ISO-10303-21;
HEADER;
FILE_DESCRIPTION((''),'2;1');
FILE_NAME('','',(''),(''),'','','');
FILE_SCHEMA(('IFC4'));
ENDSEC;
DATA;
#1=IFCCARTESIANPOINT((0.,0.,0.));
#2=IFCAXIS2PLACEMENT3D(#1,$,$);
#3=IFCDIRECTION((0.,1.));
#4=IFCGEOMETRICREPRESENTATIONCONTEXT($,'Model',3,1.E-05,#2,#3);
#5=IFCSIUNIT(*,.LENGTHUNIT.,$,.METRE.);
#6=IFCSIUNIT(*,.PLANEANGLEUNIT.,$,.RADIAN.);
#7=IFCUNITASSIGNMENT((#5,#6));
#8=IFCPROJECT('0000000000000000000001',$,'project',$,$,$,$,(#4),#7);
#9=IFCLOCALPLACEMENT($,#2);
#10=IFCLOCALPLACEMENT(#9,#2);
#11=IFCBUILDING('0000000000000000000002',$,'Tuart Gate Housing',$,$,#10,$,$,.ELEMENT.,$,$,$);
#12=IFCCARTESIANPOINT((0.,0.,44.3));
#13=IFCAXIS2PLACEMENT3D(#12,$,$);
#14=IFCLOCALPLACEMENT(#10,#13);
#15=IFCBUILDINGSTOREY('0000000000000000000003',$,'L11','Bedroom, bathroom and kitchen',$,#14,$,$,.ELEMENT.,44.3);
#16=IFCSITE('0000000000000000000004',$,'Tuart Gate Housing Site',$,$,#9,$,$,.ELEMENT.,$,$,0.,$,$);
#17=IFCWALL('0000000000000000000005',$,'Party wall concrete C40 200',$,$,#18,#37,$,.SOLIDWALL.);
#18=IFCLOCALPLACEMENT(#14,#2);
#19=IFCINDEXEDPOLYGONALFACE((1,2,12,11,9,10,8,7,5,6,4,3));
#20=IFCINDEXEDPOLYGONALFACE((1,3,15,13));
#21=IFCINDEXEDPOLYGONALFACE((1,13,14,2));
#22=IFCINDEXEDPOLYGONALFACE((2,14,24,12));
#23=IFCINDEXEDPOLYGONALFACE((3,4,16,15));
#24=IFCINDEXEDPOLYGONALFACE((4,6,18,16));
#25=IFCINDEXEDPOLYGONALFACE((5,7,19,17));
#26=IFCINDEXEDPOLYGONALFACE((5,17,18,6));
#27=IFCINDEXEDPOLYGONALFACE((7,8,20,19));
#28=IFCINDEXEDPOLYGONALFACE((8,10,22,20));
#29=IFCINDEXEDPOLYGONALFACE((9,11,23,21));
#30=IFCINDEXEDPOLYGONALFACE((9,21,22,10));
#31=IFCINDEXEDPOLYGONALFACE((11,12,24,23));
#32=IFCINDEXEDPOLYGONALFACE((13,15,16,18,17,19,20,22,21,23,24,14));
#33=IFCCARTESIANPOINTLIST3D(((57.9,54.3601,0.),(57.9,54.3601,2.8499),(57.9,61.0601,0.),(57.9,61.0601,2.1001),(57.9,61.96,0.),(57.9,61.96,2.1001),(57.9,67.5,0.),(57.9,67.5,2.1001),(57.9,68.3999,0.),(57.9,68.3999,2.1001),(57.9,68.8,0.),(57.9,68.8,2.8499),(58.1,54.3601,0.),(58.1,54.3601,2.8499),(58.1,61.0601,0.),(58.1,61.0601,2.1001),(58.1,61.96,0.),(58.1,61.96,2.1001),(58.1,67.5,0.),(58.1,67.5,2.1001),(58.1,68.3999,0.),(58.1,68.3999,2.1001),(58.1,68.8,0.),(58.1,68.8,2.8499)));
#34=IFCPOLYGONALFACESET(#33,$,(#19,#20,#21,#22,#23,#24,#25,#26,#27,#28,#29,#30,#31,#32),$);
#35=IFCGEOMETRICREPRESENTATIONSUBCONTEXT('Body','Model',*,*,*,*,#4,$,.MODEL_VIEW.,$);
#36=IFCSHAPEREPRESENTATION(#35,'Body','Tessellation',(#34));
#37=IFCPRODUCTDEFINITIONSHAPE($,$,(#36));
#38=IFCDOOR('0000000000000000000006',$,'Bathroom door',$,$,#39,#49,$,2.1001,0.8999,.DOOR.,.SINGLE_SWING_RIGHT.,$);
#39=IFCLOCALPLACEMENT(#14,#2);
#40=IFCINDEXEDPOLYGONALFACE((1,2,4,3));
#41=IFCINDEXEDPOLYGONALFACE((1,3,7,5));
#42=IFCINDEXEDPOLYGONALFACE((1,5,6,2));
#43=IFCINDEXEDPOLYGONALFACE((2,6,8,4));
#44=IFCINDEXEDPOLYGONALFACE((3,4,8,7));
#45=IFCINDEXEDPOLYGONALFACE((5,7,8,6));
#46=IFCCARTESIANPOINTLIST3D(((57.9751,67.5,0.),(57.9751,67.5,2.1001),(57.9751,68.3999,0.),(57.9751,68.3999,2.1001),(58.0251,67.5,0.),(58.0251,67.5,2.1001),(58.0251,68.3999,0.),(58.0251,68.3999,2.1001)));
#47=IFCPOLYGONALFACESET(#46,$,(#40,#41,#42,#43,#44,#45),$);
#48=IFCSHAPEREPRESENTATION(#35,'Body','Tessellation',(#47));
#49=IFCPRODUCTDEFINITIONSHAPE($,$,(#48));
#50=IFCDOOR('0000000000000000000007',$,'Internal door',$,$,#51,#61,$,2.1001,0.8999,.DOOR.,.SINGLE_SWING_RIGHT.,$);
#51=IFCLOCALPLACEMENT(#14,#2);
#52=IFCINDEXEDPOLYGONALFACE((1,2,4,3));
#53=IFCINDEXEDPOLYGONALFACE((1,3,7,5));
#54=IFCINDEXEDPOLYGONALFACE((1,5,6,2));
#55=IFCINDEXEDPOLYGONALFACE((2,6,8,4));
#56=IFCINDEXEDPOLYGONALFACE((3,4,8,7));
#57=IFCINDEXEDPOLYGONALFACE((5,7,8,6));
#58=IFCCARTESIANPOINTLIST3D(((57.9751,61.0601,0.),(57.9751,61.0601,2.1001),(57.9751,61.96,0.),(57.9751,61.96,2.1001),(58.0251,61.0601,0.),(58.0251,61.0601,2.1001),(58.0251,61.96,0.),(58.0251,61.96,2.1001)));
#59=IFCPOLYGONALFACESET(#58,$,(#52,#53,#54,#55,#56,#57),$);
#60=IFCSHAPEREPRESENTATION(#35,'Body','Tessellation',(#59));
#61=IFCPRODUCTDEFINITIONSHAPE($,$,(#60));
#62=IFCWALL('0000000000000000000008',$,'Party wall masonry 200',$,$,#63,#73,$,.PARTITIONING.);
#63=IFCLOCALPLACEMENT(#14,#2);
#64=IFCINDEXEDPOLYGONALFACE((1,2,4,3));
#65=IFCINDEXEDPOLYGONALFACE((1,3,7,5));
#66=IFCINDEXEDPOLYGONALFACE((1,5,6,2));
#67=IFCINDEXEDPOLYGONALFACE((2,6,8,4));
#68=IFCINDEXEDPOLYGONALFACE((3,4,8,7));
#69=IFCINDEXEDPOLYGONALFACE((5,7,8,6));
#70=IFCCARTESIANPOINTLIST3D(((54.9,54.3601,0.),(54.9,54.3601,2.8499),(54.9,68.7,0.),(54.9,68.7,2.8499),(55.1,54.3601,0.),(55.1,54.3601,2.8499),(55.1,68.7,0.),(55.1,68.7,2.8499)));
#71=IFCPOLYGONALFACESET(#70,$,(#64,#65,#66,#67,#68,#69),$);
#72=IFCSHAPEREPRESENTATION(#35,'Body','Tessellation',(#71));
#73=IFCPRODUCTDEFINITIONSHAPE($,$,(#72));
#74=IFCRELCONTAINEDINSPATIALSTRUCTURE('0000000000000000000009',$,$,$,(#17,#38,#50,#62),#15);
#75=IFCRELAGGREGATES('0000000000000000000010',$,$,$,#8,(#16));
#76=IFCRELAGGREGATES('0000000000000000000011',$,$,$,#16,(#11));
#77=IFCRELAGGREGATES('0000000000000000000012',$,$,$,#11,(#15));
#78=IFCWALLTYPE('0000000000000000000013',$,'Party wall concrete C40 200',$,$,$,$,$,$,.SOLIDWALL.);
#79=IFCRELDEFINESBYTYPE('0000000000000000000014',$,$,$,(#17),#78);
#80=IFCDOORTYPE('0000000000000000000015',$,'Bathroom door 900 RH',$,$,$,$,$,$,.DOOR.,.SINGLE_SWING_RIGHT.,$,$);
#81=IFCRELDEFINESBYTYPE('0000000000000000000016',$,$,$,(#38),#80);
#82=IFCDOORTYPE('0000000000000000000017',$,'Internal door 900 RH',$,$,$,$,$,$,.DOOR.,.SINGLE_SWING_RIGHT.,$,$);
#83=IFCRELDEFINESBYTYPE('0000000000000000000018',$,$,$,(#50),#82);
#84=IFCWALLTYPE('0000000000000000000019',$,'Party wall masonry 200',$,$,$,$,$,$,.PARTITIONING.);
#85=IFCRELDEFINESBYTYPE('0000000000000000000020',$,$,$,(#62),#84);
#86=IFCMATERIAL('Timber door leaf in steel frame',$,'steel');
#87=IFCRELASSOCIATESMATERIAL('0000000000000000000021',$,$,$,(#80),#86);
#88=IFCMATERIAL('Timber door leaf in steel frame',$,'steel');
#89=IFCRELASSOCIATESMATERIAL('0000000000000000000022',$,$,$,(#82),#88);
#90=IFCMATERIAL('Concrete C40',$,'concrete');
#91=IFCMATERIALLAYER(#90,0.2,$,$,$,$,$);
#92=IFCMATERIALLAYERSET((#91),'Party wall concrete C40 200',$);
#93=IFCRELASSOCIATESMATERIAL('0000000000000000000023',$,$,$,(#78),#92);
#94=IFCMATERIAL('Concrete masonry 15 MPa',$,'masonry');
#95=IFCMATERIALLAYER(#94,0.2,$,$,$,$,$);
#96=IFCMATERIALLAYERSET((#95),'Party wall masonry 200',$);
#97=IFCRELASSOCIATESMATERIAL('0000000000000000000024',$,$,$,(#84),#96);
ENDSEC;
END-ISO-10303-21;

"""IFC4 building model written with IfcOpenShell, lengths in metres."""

from ifc_helpers import new_model, si_unit, direction, frame, frame_2d, origin, place, context, subcontext, project, spatial, rectangle, extrude, material, layer, layer_set, type_object, element, fill, save


model = new_model("IFC4")

# Units and contexts
model_context = context("Model", 3, precision=1e-05, world=origin(), true_north=direction((0.0, 1.0)))
body_context = subcontext(model_context, "Body", "Model", "MODEL_VIEW")
ifc_project = project(units=[si_unit("LENGTHUNIT", "METRE"), si_unit("PLANEANGLEUNIT", "RADIAN")], contexts=[model_context])

# Site, building, storey
site_placement = place(None, origin())
site = spatial("IfcSite", under=ifc_project, at=site_placement, Name="Tuart Gate Housing Site", CompositionType="ELEMENT", RefElevation=0.0)
building_placement = place(site_placement, origin())
building = spatial("IfcBuilding", under=site, at=building_placement, Name="Tuart Gate Housing", CompositionType="ELEMENT")
storey_placement = place(building_placement, frame((0.0, 0.0, 44.3)))
storey = spatial("IfcBuildingStorey", under=building, at=storey_placement, Name="L11", Description="Bedroom, bathroom and kitchen", CompositionType="ELEMENT", Elevation=44.3)

# Shared definitions
ifc_material_1 = material(Name="Timber door leaf in steel frame", Category="steel")
door_type_1 = type_object("IfcDoorType", Name="Bathroom door 900 RH", OperationType="SINGLE_SWING_RIGHT", PredefinedType="DOOR", material=ifc_material_1)
ifc_material_2 = material(Name="Timber door leaf in steel frame", Category="steel")
door_type_2 = type_object("IfcDoorType", Name="Internal door 900 RH", OperationType="SINGLE_SWING_RIGHT", PredefinedType="DOOR", material=ifc_material_2)

# Shared definitions
ifc_material_3 = material(Name="Concrete C40", Category="concrete")
ifc_layer_1 = layer(ifc_material_3, 0.2)
ifc_layer_set_1 = layer_set([ifc_layer_1], Name="Party wall concrete C40 200")
wall_type_1 = type_object("IfcWallType", Name="Party wall concrete C40 200", PredefinedType="SOLIDWALL", material=ifc_layer_set_1)

# Wall, openings, doors
wall_1_placement = place(storey_placement, frame((58.0, 54.3601, 0.0), z_axis=(0.0, 0.0, 1.0), x_axis=(0.0, 1.0, 0.0)))
wall_1 = element("IfcWall", 1, at=wall_1_placement, inside=storey, type_object=wall_type_1, Name="Party wall concrete C40 200", PredefinedType="SOLIDWALL", context=body_context, shape_type="SweptSolid", body=[
    extrude(rectangle(XDim=14.4399, YDim=0.2, at=frame_2d((7.22, 0.0))), origin(), (0.0, 0.0, 1.0), 2.8499),
])
opening_1_placement = place(wall_1_placement, frame((6.7, 0.0, 0.0)))
opening_1 = element("IfcOpeningElement", 2, at=opening_1_placement, cuts=wall_1, PredefinedType="OPENING", context=body_context, shape_type="SweptSolid", body=[
    extrude(rectangle(XDim=0.8999, YDim=2.1001, at=frame_2d((0.45, 1.05))), frame((0.0, 0.1099, 0.0), z_axis=(0.0, -1.0, 0.0), x_axis=(1.0, 0.0, 0.0)), (0.0, 0.0, 1.0), 0.22),
])
opening_2_placement = place(wall_1_placement, frame((13.1399, 0.0, 0.0)))
opening_2 = element("IfcOpeningElement", 3, at=opening_2_placement, cuts=wall_1, PredefinedType="OPENING", context=body_context, shape_type="SweptSolid", body=[
    extrude(rectangle(XDim=0.8999, YDim=2.1001, at=frame_2d((0.45, 1.05))), frame((0.0, 0.1099, 0.0), z_axis=(0.0, -1.0, 0.0), x_axis=(1.0, 0.0, 0.0)), (0.0, 0.0, 1.0), 0.22),
])
door_1_placement = place(opening_2_placement, origin())
door_1 = element("IfcDoor", 4, at=door_1_placement, inside=storey, type_object=door_type_1, Name="Bathroom door", OperationType="SINGLE_SWING_RIGHT", OverallHeight=2.1001, OverallWidth=0.8999, PredefinedType="DOOR", context=body_context, shape_type="SweptSolid", body=[
    extrude(rectangle(XDim=0.8999, YDim=2.1001, at=frame_2d((0.45, 1.05))), frame((0.0, 0.0249, 0.0), z_axis=(0.0, -1.0, 0.0), x_axis=(1.0, 0.0, 0.0)), (0.0, 0.0, 1.0), 0.05),
])
fill(opening_2, door_1)
door_2_placement = place(opening_1_placement, origin())
door_2 = element("IfcDoor", 5, at=door_2_placement, inside=storey, type_object=door_type_2, Name="Internal door", OperationType="SINGLE_SWING_RIGHT", OverallHeight=2.1001, OverallWidth=0.8999, PredefinedType="DOOR", context=body_context, shape_type="SweptSolid", body=[
    extrude(rectangle(XDim=0.8999, YDim=2.1001, at=frame_2d((0.45, 1.05))), frame((0.0, 0.0249, 0.0), z_axis=(0.0, -1.0, 0.0), x_axis=(1.0, 0.0, 0.0)), (0.0, 0.0, 1.0), 0.05),
])
fill(opening_1, door_2)

# Wall
ifc_material_4 = material(Name="Concrete masonry 15 MPa", Category="masonry")
ifc_layer_2 = layer(ifc_material_4, 0.2)
ifc_layer_set_2 = layer_set([ifc_layer_2], Name="Party wall masonry 200")
wall_type_2 = type_object("IfcWallType", Name="Party wall masonry 200", PredefinedType="PARTITIONING", material=ifc_layer_set_2)
wall_2_placement = place(storey_placement, frame((55.0, 54.3601, 0.0), z_axis=(0.0, 0.0, 1.0), x_axis=(0.0, 1.0, 0.0)))
element("IfcWall", 6, at=wall_2_placement, inside=storey, type_object=wall_type_2, Name="Party wall masonry 200", PredefinedType="PARTITIONING", context=body_context, shape_type="SweptSolid", body=[
    extrude(rectangle(XDim=14.3398, YDim=0.2, at=frame_2d((7.1699, 0.0))), origin(), (0.0, 0.0, 1.0), 2.8499),
])

save(model, "model.ifc")
